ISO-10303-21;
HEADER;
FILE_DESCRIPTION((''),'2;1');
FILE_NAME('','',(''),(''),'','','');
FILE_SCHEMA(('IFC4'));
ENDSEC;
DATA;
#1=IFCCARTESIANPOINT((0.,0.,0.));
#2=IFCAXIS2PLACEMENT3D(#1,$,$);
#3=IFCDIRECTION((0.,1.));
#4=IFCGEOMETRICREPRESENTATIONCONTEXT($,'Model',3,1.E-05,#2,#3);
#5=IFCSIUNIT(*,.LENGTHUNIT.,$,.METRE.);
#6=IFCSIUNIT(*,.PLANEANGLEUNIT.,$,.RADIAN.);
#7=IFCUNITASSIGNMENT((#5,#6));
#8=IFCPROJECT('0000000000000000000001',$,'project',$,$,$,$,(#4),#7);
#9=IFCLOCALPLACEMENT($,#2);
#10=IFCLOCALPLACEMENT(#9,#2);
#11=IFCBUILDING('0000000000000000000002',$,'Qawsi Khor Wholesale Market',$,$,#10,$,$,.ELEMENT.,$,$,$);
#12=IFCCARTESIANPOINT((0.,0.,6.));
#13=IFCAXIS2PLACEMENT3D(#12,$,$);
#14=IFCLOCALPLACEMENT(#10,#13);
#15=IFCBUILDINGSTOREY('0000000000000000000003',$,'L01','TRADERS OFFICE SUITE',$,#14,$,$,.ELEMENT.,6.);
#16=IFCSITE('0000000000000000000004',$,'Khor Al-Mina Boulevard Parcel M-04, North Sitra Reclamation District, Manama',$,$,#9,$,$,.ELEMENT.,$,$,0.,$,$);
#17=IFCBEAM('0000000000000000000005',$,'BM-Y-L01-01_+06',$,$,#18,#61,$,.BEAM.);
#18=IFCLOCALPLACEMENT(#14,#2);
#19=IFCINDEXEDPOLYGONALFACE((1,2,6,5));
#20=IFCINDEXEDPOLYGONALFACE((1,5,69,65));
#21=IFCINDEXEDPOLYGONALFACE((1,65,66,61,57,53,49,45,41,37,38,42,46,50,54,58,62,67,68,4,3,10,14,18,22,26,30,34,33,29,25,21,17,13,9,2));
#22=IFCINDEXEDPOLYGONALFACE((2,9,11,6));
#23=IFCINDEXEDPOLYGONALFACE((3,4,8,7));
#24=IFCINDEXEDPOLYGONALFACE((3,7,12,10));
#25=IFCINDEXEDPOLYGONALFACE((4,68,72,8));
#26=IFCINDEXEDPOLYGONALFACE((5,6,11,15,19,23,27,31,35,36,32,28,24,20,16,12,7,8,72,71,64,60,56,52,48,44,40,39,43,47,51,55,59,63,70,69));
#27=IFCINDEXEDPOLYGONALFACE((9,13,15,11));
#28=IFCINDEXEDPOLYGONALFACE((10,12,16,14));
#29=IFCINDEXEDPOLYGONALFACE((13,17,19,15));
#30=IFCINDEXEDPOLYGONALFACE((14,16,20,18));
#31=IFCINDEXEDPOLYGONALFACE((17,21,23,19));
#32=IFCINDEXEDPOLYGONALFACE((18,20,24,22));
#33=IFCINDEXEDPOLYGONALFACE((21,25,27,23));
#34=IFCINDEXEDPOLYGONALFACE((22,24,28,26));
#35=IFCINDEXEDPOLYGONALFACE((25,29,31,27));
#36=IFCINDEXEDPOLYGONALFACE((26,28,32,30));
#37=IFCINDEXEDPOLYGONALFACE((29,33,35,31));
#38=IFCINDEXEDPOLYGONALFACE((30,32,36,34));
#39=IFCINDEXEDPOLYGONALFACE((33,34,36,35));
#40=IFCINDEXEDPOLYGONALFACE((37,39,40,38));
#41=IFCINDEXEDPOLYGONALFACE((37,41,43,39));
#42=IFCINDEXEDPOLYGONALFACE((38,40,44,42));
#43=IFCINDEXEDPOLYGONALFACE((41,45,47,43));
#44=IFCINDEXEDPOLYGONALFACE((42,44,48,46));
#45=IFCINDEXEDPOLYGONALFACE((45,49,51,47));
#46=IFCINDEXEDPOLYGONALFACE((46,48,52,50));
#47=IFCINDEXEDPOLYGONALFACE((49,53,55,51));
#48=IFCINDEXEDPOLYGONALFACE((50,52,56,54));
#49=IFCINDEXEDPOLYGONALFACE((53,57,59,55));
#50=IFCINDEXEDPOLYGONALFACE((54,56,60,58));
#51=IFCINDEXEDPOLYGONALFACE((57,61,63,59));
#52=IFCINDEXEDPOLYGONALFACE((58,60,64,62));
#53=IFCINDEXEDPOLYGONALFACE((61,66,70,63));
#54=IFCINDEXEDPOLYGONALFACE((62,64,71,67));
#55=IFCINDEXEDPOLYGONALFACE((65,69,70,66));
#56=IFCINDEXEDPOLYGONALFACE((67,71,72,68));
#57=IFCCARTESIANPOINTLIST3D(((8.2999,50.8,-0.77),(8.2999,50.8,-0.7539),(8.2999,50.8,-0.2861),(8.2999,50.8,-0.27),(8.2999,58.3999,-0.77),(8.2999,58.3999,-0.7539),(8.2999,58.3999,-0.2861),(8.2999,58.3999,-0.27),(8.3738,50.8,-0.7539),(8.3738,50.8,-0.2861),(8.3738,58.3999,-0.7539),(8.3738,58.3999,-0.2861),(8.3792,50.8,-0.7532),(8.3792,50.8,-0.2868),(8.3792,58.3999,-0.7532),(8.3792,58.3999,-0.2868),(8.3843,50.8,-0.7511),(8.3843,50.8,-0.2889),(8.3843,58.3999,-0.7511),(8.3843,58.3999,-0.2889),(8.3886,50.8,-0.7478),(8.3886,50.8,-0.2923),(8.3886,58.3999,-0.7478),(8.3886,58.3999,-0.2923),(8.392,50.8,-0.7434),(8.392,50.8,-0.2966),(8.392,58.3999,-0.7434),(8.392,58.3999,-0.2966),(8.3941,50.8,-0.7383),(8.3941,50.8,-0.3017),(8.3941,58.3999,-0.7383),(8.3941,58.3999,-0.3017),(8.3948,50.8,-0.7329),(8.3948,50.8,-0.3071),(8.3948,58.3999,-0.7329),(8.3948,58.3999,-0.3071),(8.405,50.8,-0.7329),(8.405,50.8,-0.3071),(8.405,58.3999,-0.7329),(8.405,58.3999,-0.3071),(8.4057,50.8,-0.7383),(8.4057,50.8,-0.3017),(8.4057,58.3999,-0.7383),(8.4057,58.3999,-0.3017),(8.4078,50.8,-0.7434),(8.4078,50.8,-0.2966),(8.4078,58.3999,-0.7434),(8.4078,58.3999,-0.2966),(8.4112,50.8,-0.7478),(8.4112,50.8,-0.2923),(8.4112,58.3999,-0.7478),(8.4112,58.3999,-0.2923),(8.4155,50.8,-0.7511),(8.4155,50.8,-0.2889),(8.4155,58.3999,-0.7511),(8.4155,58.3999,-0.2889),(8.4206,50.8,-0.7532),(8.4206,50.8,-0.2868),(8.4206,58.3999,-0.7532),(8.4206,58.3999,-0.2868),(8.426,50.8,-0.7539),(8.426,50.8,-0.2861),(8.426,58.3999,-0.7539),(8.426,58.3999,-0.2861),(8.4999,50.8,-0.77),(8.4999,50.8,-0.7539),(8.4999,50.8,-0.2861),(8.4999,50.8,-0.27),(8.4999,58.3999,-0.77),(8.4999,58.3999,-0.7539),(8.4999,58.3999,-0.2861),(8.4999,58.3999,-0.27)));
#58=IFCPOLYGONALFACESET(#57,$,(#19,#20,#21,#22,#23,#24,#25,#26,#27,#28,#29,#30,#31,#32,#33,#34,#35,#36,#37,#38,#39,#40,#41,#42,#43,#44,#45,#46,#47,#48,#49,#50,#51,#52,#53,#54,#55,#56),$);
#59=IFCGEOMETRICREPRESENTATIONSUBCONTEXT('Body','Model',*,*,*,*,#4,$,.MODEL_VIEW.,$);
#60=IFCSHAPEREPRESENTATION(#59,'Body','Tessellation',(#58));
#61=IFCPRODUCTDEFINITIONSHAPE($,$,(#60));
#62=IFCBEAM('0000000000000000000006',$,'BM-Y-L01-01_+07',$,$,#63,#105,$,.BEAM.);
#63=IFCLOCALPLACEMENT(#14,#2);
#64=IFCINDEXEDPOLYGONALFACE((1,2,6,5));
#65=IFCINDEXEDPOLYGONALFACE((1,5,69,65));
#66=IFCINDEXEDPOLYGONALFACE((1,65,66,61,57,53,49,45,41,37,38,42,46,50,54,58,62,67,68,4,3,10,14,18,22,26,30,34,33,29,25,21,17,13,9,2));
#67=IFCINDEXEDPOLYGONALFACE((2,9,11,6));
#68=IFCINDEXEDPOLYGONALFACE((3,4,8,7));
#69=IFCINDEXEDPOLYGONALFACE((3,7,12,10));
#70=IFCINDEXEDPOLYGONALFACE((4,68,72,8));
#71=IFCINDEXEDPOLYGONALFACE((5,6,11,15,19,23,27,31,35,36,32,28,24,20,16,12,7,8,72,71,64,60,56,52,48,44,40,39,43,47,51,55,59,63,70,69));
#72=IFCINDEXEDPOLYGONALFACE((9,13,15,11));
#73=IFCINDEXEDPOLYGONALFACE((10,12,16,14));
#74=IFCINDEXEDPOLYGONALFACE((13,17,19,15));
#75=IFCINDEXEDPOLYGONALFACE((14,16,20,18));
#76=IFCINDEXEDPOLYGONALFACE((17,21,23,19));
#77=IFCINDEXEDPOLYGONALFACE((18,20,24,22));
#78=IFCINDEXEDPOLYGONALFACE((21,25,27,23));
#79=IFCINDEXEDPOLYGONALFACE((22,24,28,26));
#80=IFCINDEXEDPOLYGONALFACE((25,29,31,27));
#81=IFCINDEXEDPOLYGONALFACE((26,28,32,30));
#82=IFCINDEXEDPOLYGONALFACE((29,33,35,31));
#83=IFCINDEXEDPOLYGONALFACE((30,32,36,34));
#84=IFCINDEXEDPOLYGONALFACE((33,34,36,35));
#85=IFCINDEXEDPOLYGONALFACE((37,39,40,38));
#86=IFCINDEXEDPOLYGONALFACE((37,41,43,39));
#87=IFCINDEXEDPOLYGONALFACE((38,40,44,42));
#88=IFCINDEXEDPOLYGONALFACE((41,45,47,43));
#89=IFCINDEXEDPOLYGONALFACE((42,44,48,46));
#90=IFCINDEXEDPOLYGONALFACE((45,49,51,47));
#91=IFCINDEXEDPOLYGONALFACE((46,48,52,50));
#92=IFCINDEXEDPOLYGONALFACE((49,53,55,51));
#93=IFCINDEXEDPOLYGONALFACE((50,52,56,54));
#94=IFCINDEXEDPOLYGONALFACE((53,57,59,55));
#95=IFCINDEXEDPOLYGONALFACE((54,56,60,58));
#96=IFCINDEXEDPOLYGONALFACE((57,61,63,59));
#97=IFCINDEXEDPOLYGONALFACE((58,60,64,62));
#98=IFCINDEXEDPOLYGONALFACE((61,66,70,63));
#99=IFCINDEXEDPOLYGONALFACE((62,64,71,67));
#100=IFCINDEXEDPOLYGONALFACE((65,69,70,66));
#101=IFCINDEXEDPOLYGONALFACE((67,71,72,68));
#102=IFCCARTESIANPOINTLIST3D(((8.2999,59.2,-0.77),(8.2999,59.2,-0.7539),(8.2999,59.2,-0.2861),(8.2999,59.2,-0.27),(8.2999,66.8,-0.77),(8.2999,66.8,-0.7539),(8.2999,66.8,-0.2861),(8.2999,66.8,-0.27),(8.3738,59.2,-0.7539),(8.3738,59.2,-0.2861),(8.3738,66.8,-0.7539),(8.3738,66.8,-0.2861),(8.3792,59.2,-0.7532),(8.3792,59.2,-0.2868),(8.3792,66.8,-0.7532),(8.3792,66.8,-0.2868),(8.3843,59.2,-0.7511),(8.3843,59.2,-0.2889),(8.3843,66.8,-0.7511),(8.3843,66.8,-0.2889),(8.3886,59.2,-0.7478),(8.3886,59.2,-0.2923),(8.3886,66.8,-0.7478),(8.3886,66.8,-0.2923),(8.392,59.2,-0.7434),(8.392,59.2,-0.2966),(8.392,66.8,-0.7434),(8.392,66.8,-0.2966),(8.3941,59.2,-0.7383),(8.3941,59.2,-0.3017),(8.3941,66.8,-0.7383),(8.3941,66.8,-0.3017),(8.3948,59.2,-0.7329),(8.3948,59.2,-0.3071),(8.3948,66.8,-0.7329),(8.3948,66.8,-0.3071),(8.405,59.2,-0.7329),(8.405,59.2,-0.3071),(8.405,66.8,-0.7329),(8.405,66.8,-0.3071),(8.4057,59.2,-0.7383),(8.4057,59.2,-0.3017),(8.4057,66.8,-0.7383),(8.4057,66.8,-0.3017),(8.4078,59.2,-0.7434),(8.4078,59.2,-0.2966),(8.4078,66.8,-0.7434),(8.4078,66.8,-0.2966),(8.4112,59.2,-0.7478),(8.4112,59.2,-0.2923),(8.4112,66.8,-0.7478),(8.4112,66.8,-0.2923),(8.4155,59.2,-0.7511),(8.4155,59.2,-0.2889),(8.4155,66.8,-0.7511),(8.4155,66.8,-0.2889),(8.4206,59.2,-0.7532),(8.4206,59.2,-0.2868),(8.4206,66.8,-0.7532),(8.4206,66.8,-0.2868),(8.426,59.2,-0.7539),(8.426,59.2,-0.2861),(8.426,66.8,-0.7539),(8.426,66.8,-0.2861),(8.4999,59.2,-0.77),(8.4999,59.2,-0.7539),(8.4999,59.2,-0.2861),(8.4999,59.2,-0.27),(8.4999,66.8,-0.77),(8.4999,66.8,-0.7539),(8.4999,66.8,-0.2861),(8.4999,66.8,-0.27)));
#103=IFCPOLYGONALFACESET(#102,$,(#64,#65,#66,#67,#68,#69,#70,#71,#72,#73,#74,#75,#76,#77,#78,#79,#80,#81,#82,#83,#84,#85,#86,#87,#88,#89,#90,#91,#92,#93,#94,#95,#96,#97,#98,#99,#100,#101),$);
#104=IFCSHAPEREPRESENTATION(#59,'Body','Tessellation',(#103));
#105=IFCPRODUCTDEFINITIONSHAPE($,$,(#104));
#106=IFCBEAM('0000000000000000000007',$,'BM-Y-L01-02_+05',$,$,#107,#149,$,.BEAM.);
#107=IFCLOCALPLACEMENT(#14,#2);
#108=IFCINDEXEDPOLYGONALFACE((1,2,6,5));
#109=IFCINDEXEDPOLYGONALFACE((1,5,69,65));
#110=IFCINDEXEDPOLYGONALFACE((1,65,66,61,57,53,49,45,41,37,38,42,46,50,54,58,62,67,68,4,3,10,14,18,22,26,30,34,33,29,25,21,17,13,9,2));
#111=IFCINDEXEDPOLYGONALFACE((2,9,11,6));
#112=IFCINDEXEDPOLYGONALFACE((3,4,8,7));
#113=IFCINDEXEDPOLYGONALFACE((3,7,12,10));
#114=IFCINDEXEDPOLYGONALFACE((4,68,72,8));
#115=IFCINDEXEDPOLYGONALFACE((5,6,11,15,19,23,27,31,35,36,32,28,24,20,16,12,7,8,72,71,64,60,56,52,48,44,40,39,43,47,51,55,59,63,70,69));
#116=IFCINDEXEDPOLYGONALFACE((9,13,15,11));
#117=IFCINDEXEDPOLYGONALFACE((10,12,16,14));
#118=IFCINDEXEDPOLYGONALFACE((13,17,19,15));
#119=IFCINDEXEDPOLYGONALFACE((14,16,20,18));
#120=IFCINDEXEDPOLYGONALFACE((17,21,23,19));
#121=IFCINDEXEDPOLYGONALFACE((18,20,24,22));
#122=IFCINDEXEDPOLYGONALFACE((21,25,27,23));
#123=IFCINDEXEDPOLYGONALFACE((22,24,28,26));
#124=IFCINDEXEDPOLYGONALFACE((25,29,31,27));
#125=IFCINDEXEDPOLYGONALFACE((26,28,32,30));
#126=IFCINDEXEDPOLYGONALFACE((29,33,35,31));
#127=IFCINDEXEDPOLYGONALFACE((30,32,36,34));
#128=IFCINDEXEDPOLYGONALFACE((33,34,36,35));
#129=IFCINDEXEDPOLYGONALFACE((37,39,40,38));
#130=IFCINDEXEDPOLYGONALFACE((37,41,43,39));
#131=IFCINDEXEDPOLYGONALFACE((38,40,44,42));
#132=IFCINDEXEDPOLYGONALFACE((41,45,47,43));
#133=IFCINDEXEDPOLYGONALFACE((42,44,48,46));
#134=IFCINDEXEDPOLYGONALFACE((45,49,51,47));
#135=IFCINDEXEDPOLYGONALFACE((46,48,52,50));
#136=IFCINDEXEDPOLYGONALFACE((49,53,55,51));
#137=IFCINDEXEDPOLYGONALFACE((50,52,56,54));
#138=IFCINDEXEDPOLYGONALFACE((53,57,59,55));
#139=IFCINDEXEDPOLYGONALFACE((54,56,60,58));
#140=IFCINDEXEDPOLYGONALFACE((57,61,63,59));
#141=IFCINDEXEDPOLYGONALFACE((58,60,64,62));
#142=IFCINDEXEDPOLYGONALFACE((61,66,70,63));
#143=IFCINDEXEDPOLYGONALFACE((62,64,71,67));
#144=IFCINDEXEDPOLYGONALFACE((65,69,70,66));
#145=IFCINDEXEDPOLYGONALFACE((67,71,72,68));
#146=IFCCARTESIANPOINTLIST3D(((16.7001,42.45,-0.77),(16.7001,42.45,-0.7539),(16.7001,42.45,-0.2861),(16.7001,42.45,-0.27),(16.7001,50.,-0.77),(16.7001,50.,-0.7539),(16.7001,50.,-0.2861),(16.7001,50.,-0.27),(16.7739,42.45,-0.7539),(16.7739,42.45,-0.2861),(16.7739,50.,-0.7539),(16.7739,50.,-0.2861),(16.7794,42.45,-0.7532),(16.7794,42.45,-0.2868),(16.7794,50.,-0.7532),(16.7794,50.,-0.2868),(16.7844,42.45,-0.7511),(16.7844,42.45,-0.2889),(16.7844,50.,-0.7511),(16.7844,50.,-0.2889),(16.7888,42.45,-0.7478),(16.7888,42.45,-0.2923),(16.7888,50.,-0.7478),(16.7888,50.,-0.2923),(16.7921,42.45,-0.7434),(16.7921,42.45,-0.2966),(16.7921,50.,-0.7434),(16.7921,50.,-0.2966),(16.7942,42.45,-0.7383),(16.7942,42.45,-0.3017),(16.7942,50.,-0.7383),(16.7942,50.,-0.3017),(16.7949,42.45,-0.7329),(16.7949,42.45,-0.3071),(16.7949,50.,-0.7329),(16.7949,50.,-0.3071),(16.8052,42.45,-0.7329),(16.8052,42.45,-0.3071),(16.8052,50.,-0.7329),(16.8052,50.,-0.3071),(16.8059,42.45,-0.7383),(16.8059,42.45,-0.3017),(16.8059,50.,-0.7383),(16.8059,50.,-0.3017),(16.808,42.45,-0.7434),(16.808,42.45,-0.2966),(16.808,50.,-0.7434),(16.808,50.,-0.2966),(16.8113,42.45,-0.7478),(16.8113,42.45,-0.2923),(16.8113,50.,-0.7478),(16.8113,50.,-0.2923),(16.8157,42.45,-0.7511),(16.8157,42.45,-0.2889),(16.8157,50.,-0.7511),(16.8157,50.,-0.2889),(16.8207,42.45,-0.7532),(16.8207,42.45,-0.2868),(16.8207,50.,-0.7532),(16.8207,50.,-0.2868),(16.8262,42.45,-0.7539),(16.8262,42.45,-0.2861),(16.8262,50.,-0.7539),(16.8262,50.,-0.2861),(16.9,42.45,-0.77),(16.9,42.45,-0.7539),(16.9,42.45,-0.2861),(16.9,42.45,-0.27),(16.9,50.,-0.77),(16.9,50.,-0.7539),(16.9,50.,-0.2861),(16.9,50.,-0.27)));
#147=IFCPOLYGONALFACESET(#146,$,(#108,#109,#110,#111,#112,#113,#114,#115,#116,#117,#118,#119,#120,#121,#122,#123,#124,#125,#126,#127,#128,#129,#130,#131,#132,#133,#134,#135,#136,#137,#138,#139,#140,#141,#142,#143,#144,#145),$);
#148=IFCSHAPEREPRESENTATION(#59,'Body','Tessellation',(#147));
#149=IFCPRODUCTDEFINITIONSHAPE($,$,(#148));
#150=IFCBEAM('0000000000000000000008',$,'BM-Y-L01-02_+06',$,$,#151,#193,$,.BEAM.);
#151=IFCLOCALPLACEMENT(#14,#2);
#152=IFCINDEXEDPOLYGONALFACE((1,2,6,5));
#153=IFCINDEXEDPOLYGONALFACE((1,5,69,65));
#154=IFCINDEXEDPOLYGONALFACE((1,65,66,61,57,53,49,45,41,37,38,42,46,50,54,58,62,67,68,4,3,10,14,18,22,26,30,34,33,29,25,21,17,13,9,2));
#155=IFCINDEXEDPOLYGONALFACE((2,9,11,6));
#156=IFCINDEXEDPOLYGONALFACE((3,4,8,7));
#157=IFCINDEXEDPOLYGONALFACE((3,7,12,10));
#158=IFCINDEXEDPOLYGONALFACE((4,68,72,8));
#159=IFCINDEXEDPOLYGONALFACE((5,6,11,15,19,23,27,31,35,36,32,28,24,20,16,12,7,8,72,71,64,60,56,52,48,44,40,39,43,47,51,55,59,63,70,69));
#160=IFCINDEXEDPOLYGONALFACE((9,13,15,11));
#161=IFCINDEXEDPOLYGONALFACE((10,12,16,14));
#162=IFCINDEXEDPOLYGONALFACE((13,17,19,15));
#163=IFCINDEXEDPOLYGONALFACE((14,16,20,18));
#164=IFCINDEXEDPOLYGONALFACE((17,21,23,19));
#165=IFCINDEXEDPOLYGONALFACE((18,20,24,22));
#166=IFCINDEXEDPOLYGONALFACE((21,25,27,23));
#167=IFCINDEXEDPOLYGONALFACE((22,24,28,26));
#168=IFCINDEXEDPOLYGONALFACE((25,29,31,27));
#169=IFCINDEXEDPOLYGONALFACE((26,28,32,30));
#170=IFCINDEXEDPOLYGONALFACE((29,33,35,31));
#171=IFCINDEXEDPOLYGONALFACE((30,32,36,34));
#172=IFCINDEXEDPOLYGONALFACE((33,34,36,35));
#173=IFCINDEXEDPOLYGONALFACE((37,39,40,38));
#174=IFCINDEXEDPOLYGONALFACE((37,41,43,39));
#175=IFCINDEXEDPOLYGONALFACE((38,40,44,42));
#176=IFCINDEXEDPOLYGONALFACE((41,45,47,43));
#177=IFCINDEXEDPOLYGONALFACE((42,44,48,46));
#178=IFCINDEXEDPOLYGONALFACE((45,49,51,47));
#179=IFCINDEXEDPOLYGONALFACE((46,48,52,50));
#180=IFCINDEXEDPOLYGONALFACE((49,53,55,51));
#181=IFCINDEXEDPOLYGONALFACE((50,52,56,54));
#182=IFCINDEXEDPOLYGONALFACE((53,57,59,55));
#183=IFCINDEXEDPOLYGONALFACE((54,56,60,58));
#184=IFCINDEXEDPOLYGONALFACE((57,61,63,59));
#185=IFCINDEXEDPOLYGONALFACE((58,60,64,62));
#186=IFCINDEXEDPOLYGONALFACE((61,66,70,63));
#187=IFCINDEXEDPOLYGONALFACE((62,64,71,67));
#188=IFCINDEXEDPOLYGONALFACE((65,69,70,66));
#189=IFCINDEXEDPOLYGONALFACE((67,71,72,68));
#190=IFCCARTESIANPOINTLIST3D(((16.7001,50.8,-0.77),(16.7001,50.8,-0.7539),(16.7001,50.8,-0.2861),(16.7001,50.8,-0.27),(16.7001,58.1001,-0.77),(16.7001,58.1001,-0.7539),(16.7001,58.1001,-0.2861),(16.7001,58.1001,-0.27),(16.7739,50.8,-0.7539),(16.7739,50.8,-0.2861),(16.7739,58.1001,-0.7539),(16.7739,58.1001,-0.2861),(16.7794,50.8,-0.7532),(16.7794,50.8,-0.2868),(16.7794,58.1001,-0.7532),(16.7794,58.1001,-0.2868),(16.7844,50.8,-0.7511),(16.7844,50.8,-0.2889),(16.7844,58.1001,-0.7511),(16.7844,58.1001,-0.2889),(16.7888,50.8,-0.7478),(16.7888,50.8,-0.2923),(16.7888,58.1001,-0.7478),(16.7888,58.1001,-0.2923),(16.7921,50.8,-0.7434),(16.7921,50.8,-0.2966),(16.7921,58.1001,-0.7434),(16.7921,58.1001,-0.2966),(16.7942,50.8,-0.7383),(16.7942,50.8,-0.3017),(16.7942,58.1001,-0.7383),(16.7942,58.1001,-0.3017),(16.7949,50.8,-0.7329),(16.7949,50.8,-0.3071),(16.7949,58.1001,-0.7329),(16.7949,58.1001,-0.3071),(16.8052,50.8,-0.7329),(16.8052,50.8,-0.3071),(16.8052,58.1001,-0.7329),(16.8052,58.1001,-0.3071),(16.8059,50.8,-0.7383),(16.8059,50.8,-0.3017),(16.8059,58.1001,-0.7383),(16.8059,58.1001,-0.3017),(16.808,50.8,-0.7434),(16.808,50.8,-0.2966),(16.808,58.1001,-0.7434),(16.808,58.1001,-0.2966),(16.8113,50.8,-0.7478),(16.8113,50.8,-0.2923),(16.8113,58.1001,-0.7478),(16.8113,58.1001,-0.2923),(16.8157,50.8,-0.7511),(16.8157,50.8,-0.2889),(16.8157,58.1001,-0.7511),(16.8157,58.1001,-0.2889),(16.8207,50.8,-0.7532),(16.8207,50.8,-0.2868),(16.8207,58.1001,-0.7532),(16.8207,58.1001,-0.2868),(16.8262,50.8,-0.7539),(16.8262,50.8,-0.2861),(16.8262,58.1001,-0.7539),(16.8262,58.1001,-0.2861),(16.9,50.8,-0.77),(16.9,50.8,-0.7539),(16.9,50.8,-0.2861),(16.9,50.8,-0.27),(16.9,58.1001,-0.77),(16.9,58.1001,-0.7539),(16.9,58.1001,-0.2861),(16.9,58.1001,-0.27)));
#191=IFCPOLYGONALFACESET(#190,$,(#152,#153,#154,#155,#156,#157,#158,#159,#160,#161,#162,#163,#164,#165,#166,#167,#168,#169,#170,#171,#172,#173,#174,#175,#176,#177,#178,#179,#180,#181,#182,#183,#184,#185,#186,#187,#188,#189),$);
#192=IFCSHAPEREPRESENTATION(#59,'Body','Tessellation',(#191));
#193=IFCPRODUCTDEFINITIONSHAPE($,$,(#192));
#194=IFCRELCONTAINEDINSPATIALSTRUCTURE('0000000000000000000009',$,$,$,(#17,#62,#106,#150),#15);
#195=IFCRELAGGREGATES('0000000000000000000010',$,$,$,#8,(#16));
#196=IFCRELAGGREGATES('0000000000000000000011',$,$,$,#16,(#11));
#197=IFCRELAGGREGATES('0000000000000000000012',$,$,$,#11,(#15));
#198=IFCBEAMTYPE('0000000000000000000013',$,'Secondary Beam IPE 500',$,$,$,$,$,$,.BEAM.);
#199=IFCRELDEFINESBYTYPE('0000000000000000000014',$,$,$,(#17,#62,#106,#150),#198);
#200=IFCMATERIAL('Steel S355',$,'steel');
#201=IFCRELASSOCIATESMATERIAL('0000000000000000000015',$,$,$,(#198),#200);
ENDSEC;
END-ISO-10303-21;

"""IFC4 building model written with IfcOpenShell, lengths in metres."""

from ifc_helpers import new_model, si_unit, direction, frame, origin, origin_2d, place, context, subcontext, project, spatial, i_section, extrude, material, material_profile, profile_set, type_object, element, save


model = new_model("IFC4")

# Units and contexts
model_context = context("Model", 3, precision=1e-05, world=origin(), true_north=direction((0.0, 1.0)))
body_context = subcontext(model_context, "Body", "Model", "MODEL_VIEW")
ifc_project = project(units=[si_unit("LENGTHUNIT", "METRE"), si_unit("PLANEANGLEUNIT", "RADIAN")], contexts=[model_context])

# Site, building, storey
site_placement = place(None, origin())
site = spatial("IfcSite", under=ifc_project, at=site_placement, Name="Khor Al-Mina Boulevard Parcel M-04, North Sitra Reclamation District, Manama", CompositionType="ELEMENT", RefElevation=0.0)
building_placement = place(site_placement, origin())
building = spatial("IfcBuilding", under=site, at=building_placement, Name="Qawsi Khor Wholesale Market", CompositionType="ELEMENT")
storey_placement = place(building_placement, frame((0.0, 0.0, 6.0)))
storey = spatial("IfcBuildingStorey", under=building, at=storey_placement, Name="L01", Description="TRADERS OFFICE SUITE", CompositionType="ELEMENT", Elevation=6.0)

# Beams
ifc_material_1 = material(Name="Steel S355", Category="steel")
ifc_material_profile_1 = material_profile(ifc_material_1, i_section(OverallWidth=0.2, OverallDepth=0.5, WebThickness=0.0103, FlangeThickness=0.0161, FilletRadius=0.021, at=origin_2d()), Name="IPE 500")
ifc_profile_set_1 = profile_set([ifc_material_profile_1], Name="Steel S355")
beam_type_1 = type_object("IfcBeamType", Name="Secondary Beam IPE 500", PredefinedType="BEAM", material=ifc_profile_set_1)
beam_1_placement = place(storey_placement, frame((8.3999, 50.8, -0.52), z_axis=(0.0, 1.0, 0.0), x_axis=(-1.0, 0.0, 0.0)))
element("IfcBeam", 1, at=beam_1_placement, inside=storey, type_object=beam_type_1, Name="BM-Y-L01-01_+06", PredefinedType="BEAM", context=body_context, shape_type="SweptSolid", body=[
    extrude(i_section(OverallWidth=0.2, OverallDepth=0.5, WebThickness=0.0103, FlangeThickness=0.0161, FilletRadius=0.021, at=origin_2d()), origin(), (0.0, 0.0, 1.0), 7.5999),
])
beam_2_placement = place(storey_placement, frame((8.3999, 59.2, -0.52), z_axis=(0.0, 1.0, 0.0), x_axis=(-1.0, 0.0, 0.0)))
element("IfcBeam", 2, at=beam_2_placement, inside=storey, type_object=beam_type_1, Name="BM-Y-L01-01_+07", PredefinedType="BEAM", context=body_context, shape_type="SweptSolid", body=[
    extrude(i_section(OverallWidth=0.2, OverallDepth=0.5, WebThickness=0.0103, FlangeThickness=0.0161, FilletRadius=0.021, at=origin_2d()), origin(), (0.0, 0.0, 1.0), 7.6001),
])
beam_3_placement = place(storey_placement, frame((16.8, 42.45, -0.52), z_axis=(0.0, 1.0, 0.0), x_axis=(-1.0, 0.0, 0.0)))
element("IfcBeam", 3, at=beam_3_placement, inside=storey, type_object=beam_type_1, Name="BM-Y-L01-02_+05", PredefinedType="BEAM", context=body_context, shape_type="SweptSolid", body=[
    extrude(i_section(OverallWidth=0.2, OverallDepth=0.5, WebThickness=0.0103, FlangeThickness=0.0161, FilletRadius=0.021, at=origin_2d()), origin(), (0.0, 0.0, 1.0), 7.55),
])
for number, where, z_axis, x_axis, name in (
    (4, (16.8, 50.8, -0.52), (0.0, 1.0, 0.0), (-1.0, 0.0, 0.0), "BM-Y-L01-02_+06"),
):
    element("IfcBeam", number, at=place(storey_placement, frame(where, z_axis=z_axis, x_axis=x_axis)), inside=storey, type_object=beam_type_1, Name=name, PredefinedType="BEAM", context=body_context, shape_type="SweptSolid", body=[
        extrude(i_section(OverallWidth=0.2, OverallDepth=0.5, WebThickness=0.0103, FlangeThickness=0.0161, FilletRadius=0.021, at=origin_2d()), origin(), (0.0, 0.0, 1.0), 7.3),
    ])

save(model, "model.ifc")
